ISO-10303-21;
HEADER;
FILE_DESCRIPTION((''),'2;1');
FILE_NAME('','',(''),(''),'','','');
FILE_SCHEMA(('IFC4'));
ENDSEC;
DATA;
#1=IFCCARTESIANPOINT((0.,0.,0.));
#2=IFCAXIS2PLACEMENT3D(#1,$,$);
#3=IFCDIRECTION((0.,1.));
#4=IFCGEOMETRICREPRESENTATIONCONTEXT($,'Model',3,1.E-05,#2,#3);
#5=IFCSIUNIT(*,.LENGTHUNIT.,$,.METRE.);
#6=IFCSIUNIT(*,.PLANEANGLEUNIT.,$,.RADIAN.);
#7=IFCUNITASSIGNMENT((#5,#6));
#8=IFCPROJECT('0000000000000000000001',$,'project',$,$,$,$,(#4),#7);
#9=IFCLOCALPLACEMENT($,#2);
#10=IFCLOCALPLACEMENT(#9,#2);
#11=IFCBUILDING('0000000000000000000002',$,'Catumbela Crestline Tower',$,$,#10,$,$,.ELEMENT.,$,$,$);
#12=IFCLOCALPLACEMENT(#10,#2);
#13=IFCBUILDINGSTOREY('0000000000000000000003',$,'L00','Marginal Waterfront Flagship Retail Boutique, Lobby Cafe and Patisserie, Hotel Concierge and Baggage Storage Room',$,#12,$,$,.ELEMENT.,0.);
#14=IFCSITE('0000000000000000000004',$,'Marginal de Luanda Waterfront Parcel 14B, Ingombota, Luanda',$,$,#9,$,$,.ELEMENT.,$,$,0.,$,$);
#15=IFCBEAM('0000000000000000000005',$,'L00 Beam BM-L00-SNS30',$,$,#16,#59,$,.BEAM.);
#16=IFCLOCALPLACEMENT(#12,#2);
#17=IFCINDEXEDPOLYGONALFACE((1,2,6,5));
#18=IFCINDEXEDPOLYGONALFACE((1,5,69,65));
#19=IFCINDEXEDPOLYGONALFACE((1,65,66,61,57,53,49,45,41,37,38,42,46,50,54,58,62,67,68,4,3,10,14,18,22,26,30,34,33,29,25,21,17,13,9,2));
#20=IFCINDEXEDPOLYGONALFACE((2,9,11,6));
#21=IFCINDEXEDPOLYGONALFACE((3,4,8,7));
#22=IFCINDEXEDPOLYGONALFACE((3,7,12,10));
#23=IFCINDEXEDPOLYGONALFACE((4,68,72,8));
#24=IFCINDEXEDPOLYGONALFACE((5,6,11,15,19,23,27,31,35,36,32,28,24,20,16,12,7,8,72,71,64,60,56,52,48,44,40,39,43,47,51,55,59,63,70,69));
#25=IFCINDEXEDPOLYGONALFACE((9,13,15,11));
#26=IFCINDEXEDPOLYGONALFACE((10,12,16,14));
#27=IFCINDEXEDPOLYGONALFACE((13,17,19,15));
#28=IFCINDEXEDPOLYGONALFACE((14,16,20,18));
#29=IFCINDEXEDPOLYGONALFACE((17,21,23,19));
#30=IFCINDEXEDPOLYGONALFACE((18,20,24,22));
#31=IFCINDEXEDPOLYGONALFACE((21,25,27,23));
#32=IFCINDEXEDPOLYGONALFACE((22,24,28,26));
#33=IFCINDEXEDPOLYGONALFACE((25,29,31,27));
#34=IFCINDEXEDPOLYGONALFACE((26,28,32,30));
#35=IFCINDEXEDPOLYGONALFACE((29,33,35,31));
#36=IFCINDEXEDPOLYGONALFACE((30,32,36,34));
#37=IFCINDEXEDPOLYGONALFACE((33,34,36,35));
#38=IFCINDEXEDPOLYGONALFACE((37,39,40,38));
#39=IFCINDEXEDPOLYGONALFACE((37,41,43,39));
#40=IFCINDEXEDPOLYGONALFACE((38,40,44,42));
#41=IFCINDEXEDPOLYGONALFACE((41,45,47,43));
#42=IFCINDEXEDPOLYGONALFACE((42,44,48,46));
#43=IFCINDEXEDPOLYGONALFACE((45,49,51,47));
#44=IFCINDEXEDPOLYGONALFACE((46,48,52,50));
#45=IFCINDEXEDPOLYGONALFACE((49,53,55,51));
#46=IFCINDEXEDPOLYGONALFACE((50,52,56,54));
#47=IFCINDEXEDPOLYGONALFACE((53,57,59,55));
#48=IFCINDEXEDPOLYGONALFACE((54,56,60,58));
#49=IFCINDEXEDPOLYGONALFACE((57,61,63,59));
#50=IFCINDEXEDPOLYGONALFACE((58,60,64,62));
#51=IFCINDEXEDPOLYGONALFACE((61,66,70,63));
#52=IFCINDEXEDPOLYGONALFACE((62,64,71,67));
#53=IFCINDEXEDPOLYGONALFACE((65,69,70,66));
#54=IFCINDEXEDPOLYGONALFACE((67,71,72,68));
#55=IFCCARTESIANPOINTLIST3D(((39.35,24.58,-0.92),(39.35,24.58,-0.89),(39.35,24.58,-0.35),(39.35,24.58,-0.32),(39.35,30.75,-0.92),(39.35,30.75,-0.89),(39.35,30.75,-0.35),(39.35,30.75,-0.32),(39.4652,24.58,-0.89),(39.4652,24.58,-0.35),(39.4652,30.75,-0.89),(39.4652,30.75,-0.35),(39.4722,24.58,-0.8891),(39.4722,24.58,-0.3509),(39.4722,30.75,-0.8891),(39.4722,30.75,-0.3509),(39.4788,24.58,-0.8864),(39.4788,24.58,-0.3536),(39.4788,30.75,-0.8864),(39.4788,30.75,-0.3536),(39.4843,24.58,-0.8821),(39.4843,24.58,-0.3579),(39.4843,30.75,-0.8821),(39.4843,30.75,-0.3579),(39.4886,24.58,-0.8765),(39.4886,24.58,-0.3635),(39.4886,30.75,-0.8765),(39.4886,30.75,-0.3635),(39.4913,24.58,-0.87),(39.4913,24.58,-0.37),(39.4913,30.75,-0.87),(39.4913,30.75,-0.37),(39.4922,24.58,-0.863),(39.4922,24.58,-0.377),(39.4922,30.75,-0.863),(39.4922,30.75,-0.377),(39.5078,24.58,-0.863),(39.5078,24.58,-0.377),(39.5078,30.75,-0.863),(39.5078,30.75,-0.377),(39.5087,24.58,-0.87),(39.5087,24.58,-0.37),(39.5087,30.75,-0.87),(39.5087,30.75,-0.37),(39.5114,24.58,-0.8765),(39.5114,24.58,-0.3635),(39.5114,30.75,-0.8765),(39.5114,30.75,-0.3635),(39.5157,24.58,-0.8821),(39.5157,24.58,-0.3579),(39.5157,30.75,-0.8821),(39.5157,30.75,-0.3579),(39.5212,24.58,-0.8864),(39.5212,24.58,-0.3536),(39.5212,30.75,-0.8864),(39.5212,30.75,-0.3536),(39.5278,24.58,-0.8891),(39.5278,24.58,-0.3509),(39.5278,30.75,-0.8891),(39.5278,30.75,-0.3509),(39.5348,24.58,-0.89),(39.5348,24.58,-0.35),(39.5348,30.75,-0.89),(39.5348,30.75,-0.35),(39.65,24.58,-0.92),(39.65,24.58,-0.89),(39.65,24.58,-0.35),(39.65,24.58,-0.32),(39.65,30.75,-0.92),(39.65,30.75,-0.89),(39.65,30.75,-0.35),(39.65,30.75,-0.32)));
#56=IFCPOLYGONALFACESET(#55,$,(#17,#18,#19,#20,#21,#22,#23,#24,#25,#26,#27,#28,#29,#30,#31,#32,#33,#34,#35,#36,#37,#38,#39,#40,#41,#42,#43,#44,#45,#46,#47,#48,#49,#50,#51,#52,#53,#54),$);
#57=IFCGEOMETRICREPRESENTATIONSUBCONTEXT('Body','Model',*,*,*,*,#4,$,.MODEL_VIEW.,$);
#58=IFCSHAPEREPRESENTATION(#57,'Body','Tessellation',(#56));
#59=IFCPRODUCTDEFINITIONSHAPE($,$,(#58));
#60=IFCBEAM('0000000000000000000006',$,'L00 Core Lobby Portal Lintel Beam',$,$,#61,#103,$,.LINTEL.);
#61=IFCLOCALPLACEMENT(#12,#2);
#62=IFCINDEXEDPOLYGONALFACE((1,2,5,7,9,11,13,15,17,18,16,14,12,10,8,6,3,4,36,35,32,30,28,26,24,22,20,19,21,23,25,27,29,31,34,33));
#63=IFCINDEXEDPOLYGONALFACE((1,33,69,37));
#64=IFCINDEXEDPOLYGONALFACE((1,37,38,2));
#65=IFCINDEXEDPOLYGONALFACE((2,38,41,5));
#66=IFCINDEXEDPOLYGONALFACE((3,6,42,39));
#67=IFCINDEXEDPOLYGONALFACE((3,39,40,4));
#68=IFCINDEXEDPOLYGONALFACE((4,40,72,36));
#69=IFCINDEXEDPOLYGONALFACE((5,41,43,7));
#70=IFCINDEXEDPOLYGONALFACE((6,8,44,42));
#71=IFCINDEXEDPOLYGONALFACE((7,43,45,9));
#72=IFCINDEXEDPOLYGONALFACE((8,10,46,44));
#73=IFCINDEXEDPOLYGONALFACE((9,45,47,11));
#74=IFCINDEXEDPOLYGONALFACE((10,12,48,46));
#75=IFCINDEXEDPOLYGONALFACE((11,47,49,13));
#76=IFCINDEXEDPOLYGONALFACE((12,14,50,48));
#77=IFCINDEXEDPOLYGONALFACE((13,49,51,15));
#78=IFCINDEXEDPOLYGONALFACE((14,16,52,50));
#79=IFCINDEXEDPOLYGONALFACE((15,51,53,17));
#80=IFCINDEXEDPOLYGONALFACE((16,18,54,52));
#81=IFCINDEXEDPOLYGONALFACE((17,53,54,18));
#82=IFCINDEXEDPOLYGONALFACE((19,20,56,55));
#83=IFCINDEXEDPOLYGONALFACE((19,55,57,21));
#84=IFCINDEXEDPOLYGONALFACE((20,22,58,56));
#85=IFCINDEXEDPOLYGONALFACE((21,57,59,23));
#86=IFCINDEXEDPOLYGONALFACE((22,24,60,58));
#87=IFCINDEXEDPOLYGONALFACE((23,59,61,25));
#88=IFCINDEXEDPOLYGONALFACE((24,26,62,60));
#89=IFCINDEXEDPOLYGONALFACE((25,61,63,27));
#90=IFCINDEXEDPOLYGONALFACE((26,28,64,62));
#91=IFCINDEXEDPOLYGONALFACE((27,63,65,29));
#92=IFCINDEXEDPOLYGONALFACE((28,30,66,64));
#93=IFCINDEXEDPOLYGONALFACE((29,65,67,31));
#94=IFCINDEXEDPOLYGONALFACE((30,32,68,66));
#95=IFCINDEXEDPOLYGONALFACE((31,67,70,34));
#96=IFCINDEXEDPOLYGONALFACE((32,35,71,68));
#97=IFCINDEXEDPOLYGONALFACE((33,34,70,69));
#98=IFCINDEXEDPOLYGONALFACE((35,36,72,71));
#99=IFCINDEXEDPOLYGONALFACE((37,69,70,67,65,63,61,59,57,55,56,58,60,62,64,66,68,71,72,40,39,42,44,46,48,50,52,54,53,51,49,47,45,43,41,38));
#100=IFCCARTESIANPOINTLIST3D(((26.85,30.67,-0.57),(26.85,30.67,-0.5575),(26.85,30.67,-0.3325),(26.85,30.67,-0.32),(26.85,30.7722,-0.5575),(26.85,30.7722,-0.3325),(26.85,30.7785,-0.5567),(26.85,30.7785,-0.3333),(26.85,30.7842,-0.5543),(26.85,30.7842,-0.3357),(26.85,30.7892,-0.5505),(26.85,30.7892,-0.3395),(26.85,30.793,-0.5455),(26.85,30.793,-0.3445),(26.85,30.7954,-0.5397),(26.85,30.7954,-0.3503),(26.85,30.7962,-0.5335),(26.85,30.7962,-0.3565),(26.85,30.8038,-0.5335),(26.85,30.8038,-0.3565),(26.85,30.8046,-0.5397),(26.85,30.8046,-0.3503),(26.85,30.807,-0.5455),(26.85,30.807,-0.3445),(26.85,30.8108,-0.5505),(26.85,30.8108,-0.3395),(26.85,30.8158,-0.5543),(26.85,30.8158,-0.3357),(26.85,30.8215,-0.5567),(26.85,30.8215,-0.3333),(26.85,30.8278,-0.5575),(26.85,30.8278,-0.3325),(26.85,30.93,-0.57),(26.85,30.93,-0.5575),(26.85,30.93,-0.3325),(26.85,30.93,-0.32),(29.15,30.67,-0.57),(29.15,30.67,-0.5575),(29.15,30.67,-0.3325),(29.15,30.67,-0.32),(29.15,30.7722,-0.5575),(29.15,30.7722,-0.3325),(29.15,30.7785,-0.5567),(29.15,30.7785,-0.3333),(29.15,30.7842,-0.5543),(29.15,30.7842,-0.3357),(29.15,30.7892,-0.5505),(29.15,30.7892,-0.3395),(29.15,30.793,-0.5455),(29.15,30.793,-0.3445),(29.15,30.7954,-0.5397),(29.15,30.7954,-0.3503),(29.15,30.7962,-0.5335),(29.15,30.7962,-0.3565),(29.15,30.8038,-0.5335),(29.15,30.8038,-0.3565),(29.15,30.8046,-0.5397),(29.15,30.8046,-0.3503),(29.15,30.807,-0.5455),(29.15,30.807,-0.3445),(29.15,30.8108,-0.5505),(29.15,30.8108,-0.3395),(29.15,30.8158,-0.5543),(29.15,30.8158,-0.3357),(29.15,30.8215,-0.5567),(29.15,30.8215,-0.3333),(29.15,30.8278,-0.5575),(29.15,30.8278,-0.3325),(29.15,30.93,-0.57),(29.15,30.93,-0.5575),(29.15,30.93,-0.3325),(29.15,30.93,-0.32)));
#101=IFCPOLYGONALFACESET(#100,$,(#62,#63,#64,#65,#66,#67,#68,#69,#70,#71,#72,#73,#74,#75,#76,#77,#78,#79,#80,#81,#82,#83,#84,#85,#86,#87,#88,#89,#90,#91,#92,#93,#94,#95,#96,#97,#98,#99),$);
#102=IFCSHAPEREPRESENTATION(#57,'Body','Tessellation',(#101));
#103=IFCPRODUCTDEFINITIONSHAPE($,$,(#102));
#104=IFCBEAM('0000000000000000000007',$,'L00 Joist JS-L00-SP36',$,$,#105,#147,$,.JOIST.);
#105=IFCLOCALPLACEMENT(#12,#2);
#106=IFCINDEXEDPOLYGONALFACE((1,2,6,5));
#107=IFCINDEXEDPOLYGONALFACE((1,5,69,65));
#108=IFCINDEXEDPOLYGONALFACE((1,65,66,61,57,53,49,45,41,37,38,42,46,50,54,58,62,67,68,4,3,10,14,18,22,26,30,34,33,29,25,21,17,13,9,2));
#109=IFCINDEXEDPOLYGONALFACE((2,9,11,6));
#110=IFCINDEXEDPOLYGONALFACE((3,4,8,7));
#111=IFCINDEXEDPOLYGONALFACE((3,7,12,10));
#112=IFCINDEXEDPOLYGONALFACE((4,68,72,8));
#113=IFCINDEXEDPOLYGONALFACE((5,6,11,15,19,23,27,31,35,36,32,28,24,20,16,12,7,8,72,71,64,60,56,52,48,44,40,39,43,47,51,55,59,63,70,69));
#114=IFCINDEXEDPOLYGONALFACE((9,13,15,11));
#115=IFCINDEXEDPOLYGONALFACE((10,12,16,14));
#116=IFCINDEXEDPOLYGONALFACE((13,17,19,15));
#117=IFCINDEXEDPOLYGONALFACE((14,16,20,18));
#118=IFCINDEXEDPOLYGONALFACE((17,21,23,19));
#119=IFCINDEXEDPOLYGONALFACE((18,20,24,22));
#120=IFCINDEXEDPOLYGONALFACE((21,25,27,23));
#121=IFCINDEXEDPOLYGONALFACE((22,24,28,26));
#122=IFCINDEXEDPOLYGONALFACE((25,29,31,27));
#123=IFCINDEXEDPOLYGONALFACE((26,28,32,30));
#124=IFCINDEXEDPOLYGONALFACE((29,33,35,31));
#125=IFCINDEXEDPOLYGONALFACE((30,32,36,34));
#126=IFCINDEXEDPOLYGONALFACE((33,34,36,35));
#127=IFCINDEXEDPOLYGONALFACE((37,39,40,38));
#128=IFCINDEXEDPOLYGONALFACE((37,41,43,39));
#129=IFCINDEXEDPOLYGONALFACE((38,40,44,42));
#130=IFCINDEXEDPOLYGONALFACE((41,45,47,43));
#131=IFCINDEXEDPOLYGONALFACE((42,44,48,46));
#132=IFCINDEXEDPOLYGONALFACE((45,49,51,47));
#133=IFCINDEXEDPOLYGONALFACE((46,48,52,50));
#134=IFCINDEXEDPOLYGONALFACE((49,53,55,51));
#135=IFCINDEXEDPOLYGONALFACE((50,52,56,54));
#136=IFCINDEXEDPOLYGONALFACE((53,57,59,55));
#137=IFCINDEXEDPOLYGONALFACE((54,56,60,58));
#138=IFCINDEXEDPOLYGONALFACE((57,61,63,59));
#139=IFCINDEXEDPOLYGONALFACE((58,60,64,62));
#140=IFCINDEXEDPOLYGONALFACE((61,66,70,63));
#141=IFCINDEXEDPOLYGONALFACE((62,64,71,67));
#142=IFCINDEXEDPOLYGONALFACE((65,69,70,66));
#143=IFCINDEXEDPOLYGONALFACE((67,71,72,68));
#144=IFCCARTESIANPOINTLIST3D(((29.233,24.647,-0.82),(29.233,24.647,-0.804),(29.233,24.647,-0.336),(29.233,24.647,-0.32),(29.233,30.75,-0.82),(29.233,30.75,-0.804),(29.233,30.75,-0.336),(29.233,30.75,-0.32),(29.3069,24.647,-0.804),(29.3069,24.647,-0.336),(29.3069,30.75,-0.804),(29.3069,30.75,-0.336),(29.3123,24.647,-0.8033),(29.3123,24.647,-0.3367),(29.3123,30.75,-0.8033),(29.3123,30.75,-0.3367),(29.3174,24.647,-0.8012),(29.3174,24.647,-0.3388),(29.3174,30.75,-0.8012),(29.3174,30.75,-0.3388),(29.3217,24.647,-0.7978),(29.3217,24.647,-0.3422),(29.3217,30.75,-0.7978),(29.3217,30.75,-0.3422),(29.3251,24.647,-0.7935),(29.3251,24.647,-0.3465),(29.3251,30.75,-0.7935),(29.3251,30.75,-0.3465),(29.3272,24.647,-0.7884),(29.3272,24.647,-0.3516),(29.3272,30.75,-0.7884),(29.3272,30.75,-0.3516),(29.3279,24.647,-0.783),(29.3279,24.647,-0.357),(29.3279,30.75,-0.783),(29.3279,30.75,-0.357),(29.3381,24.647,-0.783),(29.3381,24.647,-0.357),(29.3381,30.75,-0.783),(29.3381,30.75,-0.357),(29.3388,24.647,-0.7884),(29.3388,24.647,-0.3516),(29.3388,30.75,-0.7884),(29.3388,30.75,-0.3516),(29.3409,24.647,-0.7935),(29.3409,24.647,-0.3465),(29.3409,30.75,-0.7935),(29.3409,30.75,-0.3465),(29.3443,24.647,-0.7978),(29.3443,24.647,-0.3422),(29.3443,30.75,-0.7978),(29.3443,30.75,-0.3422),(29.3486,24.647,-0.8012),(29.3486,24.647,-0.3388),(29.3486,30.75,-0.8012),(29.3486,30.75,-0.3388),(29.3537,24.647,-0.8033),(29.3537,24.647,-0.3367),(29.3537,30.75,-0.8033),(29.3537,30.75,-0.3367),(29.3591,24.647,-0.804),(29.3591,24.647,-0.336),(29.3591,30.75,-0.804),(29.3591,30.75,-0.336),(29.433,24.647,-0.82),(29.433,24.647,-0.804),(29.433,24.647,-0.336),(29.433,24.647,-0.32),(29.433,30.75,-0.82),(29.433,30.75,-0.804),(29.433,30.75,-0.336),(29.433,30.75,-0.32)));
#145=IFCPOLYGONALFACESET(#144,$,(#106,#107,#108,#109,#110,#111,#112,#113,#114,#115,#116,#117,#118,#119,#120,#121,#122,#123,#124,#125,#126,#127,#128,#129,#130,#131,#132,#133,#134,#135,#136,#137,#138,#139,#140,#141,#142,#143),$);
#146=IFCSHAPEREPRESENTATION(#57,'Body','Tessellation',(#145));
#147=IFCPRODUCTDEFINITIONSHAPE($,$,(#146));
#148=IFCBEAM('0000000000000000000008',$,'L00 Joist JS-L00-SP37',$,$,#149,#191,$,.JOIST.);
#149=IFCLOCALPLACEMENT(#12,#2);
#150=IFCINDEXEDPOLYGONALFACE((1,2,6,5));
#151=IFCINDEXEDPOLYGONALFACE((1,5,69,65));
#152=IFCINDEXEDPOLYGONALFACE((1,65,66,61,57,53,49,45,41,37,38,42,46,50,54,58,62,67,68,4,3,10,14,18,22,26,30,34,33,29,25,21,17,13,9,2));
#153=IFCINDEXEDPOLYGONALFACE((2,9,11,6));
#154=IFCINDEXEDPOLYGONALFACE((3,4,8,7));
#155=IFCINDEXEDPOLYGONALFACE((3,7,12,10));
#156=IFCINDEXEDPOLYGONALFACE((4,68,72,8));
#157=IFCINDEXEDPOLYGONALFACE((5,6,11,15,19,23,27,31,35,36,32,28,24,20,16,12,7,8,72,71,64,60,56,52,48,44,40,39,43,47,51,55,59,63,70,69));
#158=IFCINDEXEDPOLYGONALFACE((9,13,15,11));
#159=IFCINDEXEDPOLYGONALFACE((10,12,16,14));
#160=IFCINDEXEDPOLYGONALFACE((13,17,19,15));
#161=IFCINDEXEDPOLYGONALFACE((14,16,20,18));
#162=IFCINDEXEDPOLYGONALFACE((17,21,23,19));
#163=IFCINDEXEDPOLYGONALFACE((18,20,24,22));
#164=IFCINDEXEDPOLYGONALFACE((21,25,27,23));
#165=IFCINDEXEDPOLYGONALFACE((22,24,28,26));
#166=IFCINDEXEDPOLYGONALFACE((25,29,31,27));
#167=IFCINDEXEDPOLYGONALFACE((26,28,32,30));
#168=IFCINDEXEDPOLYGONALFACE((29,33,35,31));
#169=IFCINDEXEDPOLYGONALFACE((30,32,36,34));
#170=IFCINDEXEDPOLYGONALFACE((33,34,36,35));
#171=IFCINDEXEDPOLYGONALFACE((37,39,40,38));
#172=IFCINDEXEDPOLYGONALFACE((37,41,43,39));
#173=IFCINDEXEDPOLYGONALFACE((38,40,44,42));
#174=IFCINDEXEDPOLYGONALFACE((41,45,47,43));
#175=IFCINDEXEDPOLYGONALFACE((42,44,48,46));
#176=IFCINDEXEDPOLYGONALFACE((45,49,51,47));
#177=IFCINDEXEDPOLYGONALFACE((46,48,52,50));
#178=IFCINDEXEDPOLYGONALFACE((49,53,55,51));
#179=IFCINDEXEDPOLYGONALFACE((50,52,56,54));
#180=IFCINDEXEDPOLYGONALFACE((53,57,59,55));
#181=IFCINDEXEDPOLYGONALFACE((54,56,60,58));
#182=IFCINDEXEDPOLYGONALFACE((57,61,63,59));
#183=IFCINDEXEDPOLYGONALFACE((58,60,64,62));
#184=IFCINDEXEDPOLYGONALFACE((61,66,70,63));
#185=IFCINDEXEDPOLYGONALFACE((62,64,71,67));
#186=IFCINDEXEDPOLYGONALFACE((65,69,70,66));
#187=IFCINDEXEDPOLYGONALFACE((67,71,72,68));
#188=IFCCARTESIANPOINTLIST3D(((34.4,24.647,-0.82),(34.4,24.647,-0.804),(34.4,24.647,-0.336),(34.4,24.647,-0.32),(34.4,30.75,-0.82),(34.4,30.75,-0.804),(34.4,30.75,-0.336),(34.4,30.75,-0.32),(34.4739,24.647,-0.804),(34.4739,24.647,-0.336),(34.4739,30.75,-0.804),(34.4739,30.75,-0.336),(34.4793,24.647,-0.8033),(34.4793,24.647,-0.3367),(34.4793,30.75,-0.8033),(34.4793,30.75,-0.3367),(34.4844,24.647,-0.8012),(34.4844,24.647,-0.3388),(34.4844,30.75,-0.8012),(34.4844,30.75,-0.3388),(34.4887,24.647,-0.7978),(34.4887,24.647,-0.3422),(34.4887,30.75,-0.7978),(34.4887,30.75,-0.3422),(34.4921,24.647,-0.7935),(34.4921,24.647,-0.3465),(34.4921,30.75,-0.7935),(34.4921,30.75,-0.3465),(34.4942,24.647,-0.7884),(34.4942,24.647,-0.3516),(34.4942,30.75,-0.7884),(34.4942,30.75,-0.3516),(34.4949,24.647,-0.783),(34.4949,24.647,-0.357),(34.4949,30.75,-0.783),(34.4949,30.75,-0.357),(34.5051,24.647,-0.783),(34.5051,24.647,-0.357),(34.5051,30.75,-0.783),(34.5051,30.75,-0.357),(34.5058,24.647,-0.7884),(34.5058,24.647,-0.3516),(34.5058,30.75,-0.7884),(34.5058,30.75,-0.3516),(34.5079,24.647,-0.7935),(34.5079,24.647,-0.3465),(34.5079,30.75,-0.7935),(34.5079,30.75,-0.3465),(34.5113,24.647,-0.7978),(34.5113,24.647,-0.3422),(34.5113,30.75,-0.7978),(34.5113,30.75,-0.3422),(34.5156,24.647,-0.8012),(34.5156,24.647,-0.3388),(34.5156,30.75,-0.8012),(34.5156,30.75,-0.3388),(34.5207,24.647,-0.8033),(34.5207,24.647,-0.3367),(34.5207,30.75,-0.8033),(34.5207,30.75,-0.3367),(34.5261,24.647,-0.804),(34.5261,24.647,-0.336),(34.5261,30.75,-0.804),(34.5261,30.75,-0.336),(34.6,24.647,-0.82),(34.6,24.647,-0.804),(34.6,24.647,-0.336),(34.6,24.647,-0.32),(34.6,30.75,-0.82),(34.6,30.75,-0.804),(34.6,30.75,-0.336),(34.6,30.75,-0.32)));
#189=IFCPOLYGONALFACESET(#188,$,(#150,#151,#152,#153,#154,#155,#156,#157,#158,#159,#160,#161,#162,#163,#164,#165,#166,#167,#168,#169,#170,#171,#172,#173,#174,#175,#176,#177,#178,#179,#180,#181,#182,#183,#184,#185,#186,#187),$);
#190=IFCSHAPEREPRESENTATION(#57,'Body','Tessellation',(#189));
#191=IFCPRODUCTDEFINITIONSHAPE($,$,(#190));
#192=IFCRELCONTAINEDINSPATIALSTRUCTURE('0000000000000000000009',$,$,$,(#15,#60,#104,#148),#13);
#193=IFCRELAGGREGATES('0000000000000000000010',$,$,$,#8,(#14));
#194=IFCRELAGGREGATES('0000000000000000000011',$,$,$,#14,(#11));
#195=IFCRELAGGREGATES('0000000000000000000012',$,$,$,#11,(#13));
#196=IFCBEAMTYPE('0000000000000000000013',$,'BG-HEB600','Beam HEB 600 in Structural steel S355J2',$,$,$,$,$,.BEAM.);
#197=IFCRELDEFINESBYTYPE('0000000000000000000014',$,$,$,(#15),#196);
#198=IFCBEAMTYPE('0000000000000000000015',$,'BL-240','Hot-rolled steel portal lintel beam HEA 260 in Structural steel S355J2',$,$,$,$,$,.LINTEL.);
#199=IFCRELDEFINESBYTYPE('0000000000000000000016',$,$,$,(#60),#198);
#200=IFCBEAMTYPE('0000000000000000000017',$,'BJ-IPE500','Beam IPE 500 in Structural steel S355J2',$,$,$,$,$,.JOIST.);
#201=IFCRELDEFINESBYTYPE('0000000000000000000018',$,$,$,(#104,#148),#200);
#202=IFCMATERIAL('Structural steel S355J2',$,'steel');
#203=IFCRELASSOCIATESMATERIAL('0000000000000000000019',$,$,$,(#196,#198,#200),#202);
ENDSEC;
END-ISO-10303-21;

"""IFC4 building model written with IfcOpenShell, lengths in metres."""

from ifc_helpers import new_model, si_unit, direction, frame, origin, origin_2d, place, context, subcontext, project, spatial, i_section, extrude, material, material_profile, profile_set, type_object, element, save


model = new_model("IFC4")

# Units and contexts
model_context = context("Model", 3, precision=1e-05, world=origin(), true_north=direction((0.0, 1.0)))
body_context = subcontext(model_context, "Body", "Model", "MODEL_VIEW")
ifc_project = project(units=[si_unit("LENGTHUNIT", "METRE"), si_unit("PLANEANGLEUNIT", "RADIAN")], contexts=[model_context])

# Site, building, storey
site_placement = place(None, origin())
site = spatial("IfcSite", under=ifc_project, at=site_placement, Name="Marginal de Luanda Waterfront Parcel 14B, Ingombota, Luanda", CompositionType="ELEMENT", RefElevation=0.0)
building_placement = place(site_placement, origin())
building = spatial("IfcBuilding", under=site, at=building_placement, Name="Catumbela Crestline Tower", CompositionType="ELEMENT")
storey_placement = place(building_placement, origin())
storey = spatial("IfcBuildingStorey", under=building, at=storey_placement, Name="L00", Description="Marginal Waterfront Flagship Retail Boutique, Lobby Cafe and Patisserie, Hotel Concierge and Baggage Storage Room", CompositionType="ELEMENT", Elevation=0.0)

# Beams
ifc_material_1 = material(Name="Structural steel S355J2", Category="steel")
ifc_material_profile_1 = material_profile(ifc_material_1, i_section(OverallWidth=0.3, OverallDepth=0.6, WebThickness=0.0155, FlangeThickness=0.03, FilletRadius=0.027, at=origin_2d()), Name="HEB 600")
ifc_profile_set_1 = profile_set([ifc_material_profile_1], Name="Structural steel S355J2")
beam_type_1 = type_object("IfcBeamType", Name="BG-HEB600", Description="Beam HEB 600 in Structural steel S355J2", PredefinedType="BEAM", material=ifc_profile_set_1)
for number, where, z_axis, x_axis, name in (
    (1, (39.5, 24.58, -0.62), (0.0, 1.0, 0.0), (-1.0, 0.0, 0.0), "L00 Beam BM-L00-SNS30"),
):
    element("IfcBeam", number, at=place(storey_placement, frame(where, z_axis=z_axis, x_axis=x_axis)), inside=storey, type_object=beam_type_1, Name=name, PredefinedType="BEAM", context=body_context, shape_type="SweptSolid", body=[
        extrude(i_section(OverallWidth=0.3, OverallDepth=0.6, WebThickness=0.0155, FlangeThickness=0.03, FilletRadius=0.027, at=origin_2d()), origin(), (0.0, 0.0, 1.0), 6.17),
    ])
ifc_material_profile_2 = material_profile(ifc_material_1, i_section(OverallWidth=0.26, OverallDepth=0.25, WebThickness=0.0075, FlangeThickness=0.0125, FilletRadius=0.024, at=origin_2d()), Name="HEA 260")
ifc_profile_set_2 = profile_set([ifc_material_profile_2], Name="Structural steel S355J2")
beam_type_2 = type_object("IfcBeamType", Name="BL-240", Description="Hot-rolled steel portal lintel beam HEA 260 in Structural steel S355J2", PredefinedType="LINTEL", material=ifc_profile_set_2)
beam_1_placement = place(storey_placement, frame((26.85, 30.8, -0.445), z_axis=(1.0, 0.0, 0.0), x_axis=(0.0, 1.0, 0.0)))
element("IfcBeam", 2, at=beam_1_placement, inside=storey, type_object=beam_type_2, Name="L00 Core Lobby Portal Lintel Beam", PredefinedType="LINTEL", context=body_context, shape_type="SweptSolid", body=[
    extrude(i_section(OverallWidth=0.26, OverallDepth=0.25, WebThickness=0.0075, FlangeThickness=0.0125, FilletRadius=0.024, at=origin_2d()), origin(), (0.0, 0.0, 1.0), 2.3),
])
ifc_material_profile_3 = material_profile(ifc_material_1, i_section(OverallWidth=0.2, OverallDepth=0.5, WebThickness=0.0102, FlangeThickness=0.016, FilletRadius=0.021, at=origin_2d()), Name="IPE 500")
ifc_profile_set_3 = profile_set([ifc_material_profile_3], Name="Structural steel S355J2")
beam_type_3 = type_object("IfcBeamType", Name="BJ-IPE500", Description="Beam IPE 500 in Structural steel S355J2", PredefinedType="JOIST", material=ifc_profile_set_3)
for number, where, z_axis, x_axis, name in (
    (3, (29.333, 24.647, -0.57), (0.0, 1.0, 0.0), (-1.0, 0.0, 0.0), "L00 Joist JS-L00-SP36"),
    (4, (34.5, 24.647, -0.57), (0.0, 1.0, 0.0), (-1.0, 0.0, 0.0), "L00 Joist JS-L00-SP37"),
):
    element("IfcBeam", number, at=place(storey_placement, frame(where, z_axis=z_axis, x_axis=x_axis)), inside=storey, type_object=beam_type_3, Name=name, PredefinedType="JOIST", context=body_context, shape_type="SweptSolid", body=[
        extrude(i_section(OverallWidth=0.2, OverallDepth=0.5, WebThickness=0.0102, FlangeThickness=0.016, FilletRadius=0.021, at=origin_2d()), origin(), (0.0, 0.0, 1.0), 6.103),
    ])

save(model, "model.ifc")
